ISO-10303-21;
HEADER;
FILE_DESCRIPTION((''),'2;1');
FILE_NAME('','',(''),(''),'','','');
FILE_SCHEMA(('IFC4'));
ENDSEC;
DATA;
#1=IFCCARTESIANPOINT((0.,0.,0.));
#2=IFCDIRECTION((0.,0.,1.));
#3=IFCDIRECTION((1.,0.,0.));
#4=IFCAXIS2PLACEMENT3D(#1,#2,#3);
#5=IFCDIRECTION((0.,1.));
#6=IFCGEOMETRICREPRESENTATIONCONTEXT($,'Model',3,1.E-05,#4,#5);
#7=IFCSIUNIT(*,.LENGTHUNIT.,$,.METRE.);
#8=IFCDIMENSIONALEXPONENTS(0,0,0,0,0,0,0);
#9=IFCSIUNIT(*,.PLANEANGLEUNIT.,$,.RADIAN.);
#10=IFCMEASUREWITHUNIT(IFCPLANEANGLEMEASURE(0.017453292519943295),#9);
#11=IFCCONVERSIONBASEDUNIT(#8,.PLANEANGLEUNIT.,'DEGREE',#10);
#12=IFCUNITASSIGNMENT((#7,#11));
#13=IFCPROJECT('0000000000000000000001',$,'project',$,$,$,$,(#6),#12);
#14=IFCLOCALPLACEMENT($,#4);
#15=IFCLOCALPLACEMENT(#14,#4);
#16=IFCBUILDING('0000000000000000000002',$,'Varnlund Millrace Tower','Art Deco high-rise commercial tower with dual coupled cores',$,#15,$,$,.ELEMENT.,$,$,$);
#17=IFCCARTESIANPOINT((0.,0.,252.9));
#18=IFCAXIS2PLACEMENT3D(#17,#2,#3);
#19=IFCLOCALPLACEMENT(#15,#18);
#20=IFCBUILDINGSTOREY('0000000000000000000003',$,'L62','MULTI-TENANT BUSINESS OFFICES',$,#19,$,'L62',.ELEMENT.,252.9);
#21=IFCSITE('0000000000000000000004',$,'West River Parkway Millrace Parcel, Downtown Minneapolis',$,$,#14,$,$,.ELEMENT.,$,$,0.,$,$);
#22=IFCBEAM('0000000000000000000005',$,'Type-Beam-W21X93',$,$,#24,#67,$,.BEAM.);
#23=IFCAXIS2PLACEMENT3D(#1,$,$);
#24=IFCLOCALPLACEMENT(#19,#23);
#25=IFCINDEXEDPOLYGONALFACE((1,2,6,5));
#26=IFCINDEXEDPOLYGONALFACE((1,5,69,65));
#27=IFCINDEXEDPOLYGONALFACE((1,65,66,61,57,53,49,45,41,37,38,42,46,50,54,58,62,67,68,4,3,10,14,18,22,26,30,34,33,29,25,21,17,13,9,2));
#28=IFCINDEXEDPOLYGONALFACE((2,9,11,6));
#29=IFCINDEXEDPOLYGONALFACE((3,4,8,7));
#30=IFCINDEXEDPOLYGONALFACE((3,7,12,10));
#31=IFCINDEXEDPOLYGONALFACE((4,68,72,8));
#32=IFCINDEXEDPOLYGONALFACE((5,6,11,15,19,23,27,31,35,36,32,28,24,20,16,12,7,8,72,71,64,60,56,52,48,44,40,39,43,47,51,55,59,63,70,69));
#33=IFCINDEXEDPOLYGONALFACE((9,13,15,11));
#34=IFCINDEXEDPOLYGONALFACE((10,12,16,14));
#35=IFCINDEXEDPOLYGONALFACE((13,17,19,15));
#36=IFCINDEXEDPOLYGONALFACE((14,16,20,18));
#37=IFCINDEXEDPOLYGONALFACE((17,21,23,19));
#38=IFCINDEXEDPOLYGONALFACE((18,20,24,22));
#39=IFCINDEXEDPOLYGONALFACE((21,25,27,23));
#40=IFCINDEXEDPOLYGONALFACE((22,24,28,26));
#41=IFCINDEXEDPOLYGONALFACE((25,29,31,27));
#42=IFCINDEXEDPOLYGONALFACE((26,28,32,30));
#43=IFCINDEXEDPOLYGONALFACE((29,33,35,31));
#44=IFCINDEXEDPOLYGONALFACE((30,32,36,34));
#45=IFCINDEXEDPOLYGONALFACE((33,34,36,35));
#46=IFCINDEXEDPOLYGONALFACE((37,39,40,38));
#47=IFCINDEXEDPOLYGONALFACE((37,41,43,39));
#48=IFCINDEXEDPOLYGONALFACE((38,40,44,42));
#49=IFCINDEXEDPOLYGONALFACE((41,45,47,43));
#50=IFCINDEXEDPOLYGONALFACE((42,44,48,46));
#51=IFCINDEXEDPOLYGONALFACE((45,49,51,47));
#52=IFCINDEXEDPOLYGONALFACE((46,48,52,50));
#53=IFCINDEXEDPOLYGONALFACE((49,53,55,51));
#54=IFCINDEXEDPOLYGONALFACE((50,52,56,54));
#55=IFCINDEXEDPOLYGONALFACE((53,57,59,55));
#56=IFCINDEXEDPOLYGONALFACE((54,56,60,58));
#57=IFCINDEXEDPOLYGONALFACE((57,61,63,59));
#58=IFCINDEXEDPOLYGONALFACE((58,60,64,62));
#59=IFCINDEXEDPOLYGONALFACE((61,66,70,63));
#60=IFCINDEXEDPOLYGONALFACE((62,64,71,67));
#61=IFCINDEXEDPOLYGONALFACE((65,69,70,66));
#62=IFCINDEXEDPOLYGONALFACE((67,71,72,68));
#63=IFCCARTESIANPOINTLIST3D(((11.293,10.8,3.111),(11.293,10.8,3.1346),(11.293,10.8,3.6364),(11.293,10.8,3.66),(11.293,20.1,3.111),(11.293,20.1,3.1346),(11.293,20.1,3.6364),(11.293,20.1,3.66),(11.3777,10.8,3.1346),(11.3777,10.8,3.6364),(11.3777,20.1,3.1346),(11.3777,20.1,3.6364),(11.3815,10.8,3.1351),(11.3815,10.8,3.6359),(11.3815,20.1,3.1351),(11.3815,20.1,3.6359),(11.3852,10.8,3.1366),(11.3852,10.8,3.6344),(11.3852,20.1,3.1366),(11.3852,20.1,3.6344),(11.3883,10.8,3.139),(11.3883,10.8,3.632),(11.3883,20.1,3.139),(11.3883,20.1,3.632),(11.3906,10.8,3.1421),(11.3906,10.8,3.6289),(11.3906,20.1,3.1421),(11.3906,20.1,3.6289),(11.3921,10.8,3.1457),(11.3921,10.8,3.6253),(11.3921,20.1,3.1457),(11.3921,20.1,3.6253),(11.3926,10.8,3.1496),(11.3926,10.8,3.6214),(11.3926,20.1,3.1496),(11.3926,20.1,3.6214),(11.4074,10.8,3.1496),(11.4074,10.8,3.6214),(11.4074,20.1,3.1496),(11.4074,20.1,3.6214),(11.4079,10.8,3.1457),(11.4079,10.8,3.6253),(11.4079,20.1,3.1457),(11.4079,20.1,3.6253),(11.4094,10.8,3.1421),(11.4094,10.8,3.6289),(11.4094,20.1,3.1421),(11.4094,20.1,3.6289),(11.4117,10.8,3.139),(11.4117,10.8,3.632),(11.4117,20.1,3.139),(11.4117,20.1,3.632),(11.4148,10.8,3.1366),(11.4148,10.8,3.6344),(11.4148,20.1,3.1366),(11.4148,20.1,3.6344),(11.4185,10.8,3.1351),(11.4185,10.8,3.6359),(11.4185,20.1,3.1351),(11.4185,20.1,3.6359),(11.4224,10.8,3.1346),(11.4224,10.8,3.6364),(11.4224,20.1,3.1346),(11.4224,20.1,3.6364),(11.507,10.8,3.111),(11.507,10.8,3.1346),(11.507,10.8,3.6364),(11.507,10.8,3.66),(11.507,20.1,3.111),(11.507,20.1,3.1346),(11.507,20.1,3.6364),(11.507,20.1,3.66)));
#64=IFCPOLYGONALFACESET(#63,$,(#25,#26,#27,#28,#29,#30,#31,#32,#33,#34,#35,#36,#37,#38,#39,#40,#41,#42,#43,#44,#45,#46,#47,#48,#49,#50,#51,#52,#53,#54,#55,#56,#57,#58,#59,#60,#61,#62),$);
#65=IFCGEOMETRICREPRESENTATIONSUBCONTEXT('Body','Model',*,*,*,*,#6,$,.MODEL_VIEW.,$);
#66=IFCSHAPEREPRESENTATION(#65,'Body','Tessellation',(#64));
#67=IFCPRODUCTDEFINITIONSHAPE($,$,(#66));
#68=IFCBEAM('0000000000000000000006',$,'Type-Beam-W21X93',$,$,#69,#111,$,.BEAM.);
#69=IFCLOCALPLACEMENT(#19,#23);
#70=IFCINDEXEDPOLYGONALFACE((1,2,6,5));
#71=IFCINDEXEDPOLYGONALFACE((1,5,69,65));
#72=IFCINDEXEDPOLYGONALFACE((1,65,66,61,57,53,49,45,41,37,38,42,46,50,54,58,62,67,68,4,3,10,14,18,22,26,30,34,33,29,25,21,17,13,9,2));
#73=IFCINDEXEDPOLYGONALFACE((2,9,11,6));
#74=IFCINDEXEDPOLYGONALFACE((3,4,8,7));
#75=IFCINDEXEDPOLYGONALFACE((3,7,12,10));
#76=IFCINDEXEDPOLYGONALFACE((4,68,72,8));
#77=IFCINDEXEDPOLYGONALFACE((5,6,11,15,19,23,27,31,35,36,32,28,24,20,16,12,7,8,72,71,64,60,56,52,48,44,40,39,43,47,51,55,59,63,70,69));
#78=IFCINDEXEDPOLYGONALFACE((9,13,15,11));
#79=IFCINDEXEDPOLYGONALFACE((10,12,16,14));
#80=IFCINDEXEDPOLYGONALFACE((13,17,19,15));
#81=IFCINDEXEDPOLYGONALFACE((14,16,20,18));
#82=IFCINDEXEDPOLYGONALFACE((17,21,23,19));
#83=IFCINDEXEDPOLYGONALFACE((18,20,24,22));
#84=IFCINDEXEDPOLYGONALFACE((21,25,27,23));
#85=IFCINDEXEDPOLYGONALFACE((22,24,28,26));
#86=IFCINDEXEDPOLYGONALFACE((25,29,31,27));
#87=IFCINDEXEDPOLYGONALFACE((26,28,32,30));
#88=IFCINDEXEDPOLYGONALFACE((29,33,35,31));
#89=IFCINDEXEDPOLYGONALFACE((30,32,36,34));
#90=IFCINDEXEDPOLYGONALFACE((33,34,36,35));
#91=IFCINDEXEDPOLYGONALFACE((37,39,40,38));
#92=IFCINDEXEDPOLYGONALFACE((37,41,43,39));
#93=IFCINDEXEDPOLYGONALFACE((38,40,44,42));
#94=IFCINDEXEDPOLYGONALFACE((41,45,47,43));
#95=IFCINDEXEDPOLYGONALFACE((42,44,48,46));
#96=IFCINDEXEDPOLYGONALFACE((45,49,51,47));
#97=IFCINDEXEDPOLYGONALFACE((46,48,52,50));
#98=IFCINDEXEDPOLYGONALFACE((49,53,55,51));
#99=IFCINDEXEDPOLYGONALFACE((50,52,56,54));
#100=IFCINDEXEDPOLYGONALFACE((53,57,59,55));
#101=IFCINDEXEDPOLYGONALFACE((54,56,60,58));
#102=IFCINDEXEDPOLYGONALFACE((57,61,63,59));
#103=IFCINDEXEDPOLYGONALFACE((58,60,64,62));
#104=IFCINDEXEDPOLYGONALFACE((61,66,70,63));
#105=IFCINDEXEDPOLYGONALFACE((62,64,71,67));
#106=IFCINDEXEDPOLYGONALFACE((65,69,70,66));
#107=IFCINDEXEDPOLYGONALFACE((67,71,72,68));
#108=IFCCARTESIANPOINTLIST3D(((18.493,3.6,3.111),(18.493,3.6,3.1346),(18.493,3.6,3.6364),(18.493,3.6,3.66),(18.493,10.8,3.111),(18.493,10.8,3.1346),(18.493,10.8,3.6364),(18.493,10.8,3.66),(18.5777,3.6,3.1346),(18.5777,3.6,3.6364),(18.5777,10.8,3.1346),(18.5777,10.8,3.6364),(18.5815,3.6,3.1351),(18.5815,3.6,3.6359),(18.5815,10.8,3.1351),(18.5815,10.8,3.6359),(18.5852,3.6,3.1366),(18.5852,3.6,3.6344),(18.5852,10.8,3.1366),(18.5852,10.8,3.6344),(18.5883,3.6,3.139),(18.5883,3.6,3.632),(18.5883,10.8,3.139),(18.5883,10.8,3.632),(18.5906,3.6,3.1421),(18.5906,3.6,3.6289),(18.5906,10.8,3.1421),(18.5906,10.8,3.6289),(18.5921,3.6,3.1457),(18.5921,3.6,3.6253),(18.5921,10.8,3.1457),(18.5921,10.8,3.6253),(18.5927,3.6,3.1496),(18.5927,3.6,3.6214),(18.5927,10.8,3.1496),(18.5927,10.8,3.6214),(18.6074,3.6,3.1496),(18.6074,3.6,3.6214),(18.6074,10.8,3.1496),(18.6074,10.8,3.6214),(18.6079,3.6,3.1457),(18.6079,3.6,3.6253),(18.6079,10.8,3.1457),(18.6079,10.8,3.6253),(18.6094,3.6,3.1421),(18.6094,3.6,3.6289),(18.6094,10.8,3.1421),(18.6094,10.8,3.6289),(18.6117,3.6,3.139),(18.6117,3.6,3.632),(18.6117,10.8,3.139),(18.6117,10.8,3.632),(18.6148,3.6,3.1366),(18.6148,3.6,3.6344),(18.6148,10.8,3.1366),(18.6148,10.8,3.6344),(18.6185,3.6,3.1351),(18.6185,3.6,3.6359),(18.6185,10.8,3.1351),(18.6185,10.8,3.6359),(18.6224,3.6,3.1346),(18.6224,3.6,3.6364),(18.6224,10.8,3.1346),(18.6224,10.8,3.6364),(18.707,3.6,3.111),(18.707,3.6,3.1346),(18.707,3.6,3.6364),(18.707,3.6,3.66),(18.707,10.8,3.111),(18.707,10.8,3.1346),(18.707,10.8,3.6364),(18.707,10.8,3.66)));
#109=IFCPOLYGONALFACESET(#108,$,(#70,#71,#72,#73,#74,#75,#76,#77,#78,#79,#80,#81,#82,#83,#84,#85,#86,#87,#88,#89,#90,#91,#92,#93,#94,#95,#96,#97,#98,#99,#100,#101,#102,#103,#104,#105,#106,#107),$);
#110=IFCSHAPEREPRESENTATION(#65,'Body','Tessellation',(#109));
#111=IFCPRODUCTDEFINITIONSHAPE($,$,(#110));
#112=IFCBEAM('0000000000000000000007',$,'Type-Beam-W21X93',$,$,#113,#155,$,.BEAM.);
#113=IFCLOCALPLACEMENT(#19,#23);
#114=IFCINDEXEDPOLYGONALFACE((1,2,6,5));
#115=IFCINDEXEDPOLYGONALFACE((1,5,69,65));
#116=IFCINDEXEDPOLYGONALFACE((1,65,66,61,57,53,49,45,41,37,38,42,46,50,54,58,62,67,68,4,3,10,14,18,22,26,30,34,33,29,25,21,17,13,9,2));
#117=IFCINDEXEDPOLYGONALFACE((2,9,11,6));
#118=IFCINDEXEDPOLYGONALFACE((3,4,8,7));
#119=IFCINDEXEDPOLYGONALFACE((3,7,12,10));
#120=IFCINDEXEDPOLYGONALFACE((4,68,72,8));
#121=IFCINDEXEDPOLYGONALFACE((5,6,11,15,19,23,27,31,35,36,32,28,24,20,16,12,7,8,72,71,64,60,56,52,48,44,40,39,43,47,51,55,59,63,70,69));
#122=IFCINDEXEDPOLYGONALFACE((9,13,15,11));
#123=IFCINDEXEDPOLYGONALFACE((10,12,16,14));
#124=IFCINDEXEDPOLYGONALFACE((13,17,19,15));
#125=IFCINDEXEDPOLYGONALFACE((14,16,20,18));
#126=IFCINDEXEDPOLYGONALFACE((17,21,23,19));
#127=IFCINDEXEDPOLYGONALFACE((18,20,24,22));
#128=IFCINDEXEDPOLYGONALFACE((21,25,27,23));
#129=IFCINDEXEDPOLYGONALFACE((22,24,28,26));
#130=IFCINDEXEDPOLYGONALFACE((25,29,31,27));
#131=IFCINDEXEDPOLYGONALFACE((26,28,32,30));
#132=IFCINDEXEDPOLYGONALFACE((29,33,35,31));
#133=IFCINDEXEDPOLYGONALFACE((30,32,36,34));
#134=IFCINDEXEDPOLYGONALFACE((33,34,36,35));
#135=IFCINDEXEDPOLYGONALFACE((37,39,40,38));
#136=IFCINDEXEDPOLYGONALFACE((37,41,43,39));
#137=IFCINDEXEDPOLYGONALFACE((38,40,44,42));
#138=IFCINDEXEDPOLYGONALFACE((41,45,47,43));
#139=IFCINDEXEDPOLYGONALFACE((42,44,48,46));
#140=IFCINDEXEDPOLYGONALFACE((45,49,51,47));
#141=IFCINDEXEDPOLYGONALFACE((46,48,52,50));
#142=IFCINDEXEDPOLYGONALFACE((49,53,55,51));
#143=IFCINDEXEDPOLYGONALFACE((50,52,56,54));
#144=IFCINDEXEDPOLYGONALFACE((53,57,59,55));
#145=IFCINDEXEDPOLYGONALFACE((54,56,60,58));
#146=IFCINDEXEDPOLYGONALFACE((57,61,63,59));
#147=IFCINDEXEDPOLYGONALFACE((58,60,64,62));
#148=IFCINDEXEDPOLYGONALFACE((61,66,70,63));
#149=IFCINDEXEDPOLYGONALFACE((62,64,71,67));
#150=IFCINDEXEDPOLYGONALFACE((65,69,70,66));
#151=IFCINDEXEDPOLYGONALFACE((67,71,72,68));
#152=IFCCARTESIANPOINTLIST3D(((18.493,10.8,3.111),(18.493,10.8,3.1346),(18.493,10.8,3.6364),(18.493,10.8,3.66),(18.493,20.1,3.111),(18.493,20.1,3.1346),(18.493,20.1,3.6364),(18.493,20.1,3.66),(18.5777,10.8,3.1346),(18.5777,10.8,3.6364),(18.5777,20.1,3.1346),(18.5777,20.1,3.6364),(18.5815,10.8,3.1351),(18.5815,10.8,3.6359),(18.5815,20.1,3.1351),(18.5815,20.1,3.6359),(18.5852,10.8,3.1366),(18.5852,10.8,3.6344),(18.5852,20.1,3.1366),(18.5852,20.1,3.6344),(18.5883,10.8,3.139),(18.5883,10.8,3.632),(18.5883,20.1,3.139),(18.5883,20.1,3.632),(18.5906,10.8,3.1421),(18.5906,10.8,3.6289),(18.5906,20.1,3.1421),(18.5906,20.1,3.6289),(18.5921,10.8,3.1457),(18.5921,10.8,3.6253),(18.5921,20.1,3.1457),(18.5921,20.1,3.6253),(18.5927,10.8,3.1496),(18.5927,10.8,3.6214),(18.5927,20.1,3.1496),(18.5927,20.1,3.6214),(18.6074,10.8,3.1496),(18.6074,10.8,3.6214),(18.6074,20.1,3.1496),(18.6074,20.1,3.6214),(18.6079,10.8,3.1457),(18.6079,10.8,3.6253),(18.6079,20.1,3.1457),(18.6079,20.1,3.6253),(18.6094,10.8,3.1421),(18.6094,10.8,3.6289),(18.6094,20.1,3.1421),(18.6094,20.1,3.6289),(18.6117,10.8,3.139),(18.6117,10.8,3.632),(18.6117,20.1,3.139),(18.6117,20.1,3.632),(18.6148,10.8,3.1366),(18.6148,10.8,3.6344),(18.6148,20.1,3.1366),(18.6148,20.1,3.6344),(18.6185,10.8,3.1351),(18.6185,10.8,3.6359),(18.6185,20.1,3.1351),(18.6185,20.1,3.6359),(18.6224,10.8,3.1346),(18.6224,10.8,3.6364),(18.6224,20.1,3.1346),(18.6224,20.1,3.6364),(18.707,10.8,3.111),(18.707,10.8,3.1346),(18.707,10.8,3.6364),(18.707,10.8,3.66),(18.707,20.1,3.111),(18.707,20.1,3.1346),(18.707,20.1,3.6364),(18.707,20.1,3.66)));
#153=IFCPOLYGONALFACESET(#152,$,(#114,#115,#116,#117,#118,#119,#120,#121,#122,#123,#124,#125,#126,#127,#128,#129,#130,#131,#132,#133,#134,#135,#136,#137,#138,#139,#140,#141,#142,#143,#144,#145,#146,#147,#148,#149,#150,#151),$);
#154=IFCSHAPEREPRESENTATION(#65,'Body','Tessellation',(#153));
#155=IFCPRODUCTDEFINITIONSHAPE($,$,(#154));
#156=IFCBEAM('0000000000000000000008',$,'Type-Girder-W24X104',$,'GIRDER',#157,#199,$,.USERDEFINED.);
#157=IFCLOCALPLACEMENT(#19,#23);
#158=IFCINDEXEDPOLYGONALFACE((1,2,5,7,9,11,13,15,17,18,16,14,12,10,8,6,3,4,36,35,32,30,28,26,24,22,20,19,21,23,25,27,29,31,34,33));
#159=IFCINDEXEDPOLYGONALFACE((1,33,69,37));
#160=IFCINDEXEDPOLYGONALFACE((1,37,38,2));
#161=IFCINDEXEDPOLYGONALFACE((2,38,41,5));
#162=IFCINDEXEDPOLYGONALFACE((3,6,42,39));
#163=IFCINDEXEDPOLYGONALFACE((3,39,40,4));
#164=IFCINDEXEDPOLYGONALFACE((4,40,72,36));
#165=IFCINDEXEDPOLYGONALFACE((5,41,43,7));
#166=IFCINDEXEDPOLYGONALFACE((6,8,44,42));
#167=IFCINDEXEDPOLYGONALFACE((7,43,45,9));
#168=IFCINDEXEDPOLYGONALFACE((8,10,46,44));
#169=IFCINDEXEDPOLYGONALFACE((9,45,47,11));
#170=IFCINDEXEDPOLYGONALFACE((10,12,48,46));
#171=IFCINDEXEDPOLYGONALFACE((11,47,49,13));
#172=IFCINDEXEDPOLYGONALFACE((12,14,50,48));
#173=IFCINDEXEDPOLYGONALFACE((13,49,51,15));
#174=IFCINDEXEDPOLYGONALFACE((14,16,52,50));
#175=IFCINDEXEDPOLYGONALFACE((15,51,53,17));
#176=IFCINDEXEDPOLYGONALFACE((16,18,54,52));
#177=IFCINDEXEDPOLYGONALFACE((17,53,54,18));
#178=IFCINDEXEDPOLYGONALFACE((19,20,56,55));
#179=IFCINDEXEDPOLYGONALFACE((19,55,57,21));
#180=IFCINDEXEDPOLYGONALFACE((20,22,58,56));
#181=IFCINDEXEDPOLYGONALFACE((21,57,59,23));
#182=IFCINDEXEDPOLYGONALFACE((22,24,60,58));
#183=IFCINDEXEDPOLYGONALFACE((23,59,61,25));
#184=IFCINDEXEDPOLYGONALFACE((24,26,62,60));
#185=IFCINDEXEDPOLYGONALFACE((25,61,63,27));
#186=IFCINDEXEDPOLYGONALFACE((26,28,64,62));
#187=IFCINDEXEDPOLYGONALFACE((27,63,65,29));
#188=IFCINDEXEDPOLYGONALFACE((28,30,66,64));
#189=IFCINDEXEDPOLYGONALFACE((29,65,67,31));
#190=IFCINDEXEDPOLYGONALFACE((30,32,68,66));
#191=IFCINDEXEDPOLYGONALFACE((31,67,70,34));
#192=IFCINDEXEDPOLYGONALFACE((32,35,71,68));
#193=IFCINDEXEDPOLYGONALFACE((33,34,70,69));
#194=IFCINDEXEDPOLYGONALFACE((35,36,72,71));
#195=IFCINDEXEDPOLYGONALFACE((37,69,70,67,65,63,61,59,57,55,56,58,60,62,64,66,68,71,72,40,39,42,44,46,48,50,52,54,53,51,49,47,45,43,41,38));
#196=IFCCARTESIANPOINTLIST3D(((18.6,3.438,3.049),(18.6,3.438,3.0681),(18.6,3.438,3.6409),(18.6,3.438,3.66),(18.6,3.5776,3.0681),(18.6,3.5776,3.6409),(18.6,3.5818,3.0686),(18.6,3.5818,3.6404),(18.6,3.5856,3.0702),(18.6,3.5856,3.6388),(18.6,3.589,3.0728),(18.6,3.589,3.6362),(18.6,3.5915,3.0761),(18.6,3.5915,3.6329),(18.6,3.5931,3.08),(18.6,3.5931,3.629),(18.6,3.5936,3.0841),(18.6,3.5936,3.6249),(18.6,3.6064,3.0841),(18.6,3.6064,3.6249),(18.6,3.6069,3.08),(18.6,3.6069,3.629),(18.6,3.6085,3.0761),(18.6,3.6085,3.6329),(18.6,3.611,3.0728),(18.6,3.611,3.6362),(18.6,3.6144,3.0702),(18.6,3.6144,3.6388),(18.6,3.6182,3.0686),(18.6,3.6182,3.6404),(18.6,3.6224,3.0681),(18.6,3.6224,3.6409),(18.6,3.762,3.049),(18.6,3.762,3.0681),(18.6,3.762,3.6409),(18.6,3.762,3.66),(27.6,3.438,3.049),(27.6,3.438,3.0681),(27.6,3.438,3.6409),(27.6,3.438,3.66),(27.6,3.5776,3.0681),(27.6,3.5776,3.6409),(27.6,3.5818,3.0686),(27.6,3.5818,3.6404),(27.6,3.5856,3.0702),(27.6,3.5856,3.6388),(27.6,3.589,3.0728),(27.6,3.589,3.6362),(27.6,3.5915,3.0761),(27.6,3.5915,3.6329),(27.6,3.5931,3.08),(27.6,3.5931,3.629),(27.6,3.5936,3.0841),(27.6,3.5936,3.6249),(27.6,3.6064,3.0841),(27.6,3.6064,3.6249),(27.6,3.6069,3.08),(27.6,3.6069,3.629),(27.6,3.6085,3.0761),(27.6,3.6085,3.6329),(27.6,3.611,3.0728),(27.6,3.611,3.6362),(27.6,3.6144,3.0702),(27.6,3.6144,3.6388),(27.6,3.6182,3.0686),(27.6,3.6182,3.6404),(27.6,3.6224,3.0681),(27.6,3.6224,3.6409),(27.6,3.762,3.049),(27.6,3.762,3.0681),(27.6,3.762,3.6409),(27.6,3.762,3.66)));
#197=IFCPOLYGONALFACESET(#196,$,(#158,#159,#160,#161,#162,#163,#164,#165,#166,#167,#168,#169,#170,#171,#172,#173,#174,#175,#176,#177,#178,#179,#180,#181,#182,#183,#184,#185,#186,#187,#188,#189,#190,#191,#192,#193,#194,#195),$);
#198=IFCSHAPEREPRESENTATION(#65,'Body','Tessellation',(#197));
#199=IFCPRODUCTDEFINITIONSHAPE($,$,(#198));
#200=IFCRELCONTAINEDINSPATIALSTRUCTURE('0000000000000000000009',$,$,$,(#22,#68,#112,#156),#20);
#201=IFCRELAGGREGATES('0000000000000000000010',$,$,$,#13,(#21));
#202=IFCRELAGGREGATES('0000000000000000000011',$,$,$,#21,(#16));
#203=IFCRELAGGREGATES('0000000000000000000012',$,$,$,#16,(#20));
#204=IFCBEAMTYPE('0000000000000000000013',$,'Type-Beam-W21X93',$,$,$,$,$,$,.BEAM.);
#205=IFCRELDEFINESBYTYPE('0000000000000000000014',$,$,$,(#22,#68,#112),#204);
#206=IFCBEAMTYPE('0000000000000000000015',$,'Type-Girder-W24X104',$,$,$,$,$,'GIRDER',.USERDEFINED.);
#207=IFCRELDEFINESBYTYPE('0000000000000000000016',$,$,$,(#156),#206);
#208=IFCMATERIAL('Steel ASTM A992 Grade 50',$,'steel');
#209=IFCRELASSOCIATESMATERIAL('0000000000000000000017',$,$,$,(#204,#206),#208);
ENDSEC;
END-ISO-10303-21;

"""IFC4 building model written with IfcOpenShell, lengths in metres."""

from ifc_helpers import new_model, entity, si_unit, converted_unit, direction, frame, origin_with_axes, origin_2d_with_axis, place, context, subcontext, project, spatial, i_section, extrude, material, material_profile, profile_set, type_object, element, save


model = new_model("IFC4")

# Units and contexts
model_context = context("Model", 3, precision=1e-05, world=origin_with_axes(), true_north=direction((0.0, 1.0)))
body_context = subcontext(model_context, "Body", "Model", "MODEL_VIEW")
ifc_project = project(units=[si_unit("LENGTHUNIT", "METRE"), converted_unit("PLANEANGLEUNIT", "DEGREE", entity("IfcPlaneAngleMeasure", 0.017453292519943295), si_unit("PLANEANGLEUNIT", "RADIAN"), dimensions=[0, 0, 0, 0, 0, 0, 0])], contexts=[model_context])

# Site, building, storey
site_placement = place(None, origin_with_axes())
site = spatial("IfcSite", under=ifc_project, at=site_placement, Name="West River Parkway Millrace Parcel, Downtown Minneapolis", CompositionType="ELEMENT", RefElevation=0.0)
building_placement = place(site_placement, origin_with_axes())
building = spatial("IfcBuilding", under=site, at=building_placement, Name="Varnlund Millrace Tower", Description="Art Deco high-rise commercial tower with dual coupled cores", CompositionType="ELEMENT")
storey_placement = place(building_placement, frame((0.0, 0.0, 252.9), z_axis=(0.0, 0.0, 1.0), x_axis=(1.0, 0.0, 0.0)))
storey = spatial("IfcBuildingStorey", under=building, at=storey_placement, Name="L62", Description="MULTI-TENANT BUSINESS OFFICES", LongName="L62", CompositionType="ELEMENT", Elevation=252.9)

# Beams
ifc_material_1 = material(Name="Steel ASTM A992 Grade 50", Category="steel")
ifc_material_profile_1 = material_profile(ifc_material_1, i_section(OverallWidth=0.214, OverallDepth=0.549, WebThickness=0.0147, FlangeThickness=0.0236, FilletRadius=0.015, at=origin_2d_with_axis()), Name="Steel ASTM A992 Grade 50")
ifc_profile_set_1 = profile_set([ifc_material_profile_1], Name="Steel ASTM A992 Grade 50")
beam_type_1 = type_object("IfcBeamType", Name="Type-Beam-W21X93", PredefinedType="BEAM", material=ifc_profile_set_1)
beam_1_placement = place(storey_placement, frame((11.4, 10.8, 3.3855), z_axis=(0.0, 1.0, 0.0), x_axis=(-1.0, 0.0, 0.0)))
element("IfcBeam", 1, at=beam_1_placement, inside=storey, type_object=beam_type_1, Name="Type-Beam-W21X93", PredefinedType="BEAM", context=body_context, shape_type="SweptSolid", body=[
    extrude(i_section(OverallWidth=0.214, OverallDepth=0.549, WebThickness=0.0147, FlangeThickness=0.0236, FilletRadius=0.015, at=origin_2d_with_axis()), origin_with_axes(), (0.0, 0.0, 1.0), 9.3),
])
beam_2_placement = place(storey_placement, frame((18.6, 3.6, 3.3855), z_axis=(0.0, 1.0, 0.0), x_axis=(-1.0, 0.0, 0.0)))
element("IfcBeam", 2, at=beam_2_placement, inside=storey, type_object=beam_type_1, Name="Type-Beam-W21X93", PredefinedType="BEAM", context=body_context, shape_type="SweptSolid", body=[
    extrude(i_section(OverallWidth=0.214, OverallDepth=0.549, WebThickness=0.0147, FlangeThickness=0.0236, FilletRadius=0.015, at=origin_2d_with_axis()), origin_with_axes(), (0.0, 0.0, 1.0), 7.2),
])
beam_3_placement = place(storey_placement, frame((18.6, 10.8, 3.3855), z_axis=(0.0, 1.0, 0.0), x_axis=(-1.0, 0.0, 0.0)))
element("IfcBeam", 3, at=beam_3_placement, inside=storey, type_object=beam_type_1, Name="Type-Beam-W21X93", PredefinedType="BEAM", context=body_context, shape_type="SweptSolid", body=[
    extrude(i_section(OverallWidth=0.214, OverallDepth=0.549, WebThickness=0.0147, FlangeThickness=0.0236, FilletRadius=0.015, at=origin_2d_with_axis()), origin_with_axes(), (0.0, 0.0, 1.0), 9.3),
])
ifc_material_profile_2 = material_profile(ifc_material_1, i_section(OverallWidth=0.324, OverallDepth=0.611, WebThickness=0.0127, FlangeThickness=0.0191, FilletRadius=0.016, at=origin_2d_with_axis()), Name="Steel ASTM A992 Grade 50")
ifc_profile_set_2 = profile_set([ifc_material_profile_2], Name="Steel ASTM A992 Grade 50")
beam_type_2 = type_object("IfcBeamType", Name="Type-Girder-W24X104", ElementType="GIRDER", PredefinedType="USERDEFINED", material=ifc_profile_set_2)
beam_4_placement = place(storey_placement, frame((18.6, 3.6, 3.3545), z_axis=(1.0, 0.0, 0.0), x_axis=(0.0, 1.0, 0.0)))
element("IfcBeam", 4, at=beam_4_placement, inside=storey, type_object=beam_type_2, Name="Type-Girder-W24X104", ObjectType="GIRDER", PredefinedType="USERDEFINED", context=body_context, shape_type="SweptSolid", body=[
    extrude(i_section(OverallWidth=0.324, OverallDepth=0.611, WebThickness=0.0127, FlangeThickness=0.0191, FilletRadius=0.016, at=origin_2d_with_axis()), origin_with_axes(), (0.0, 0.0, 1.0), 9.0),
])

save(model, "model.ifc")
